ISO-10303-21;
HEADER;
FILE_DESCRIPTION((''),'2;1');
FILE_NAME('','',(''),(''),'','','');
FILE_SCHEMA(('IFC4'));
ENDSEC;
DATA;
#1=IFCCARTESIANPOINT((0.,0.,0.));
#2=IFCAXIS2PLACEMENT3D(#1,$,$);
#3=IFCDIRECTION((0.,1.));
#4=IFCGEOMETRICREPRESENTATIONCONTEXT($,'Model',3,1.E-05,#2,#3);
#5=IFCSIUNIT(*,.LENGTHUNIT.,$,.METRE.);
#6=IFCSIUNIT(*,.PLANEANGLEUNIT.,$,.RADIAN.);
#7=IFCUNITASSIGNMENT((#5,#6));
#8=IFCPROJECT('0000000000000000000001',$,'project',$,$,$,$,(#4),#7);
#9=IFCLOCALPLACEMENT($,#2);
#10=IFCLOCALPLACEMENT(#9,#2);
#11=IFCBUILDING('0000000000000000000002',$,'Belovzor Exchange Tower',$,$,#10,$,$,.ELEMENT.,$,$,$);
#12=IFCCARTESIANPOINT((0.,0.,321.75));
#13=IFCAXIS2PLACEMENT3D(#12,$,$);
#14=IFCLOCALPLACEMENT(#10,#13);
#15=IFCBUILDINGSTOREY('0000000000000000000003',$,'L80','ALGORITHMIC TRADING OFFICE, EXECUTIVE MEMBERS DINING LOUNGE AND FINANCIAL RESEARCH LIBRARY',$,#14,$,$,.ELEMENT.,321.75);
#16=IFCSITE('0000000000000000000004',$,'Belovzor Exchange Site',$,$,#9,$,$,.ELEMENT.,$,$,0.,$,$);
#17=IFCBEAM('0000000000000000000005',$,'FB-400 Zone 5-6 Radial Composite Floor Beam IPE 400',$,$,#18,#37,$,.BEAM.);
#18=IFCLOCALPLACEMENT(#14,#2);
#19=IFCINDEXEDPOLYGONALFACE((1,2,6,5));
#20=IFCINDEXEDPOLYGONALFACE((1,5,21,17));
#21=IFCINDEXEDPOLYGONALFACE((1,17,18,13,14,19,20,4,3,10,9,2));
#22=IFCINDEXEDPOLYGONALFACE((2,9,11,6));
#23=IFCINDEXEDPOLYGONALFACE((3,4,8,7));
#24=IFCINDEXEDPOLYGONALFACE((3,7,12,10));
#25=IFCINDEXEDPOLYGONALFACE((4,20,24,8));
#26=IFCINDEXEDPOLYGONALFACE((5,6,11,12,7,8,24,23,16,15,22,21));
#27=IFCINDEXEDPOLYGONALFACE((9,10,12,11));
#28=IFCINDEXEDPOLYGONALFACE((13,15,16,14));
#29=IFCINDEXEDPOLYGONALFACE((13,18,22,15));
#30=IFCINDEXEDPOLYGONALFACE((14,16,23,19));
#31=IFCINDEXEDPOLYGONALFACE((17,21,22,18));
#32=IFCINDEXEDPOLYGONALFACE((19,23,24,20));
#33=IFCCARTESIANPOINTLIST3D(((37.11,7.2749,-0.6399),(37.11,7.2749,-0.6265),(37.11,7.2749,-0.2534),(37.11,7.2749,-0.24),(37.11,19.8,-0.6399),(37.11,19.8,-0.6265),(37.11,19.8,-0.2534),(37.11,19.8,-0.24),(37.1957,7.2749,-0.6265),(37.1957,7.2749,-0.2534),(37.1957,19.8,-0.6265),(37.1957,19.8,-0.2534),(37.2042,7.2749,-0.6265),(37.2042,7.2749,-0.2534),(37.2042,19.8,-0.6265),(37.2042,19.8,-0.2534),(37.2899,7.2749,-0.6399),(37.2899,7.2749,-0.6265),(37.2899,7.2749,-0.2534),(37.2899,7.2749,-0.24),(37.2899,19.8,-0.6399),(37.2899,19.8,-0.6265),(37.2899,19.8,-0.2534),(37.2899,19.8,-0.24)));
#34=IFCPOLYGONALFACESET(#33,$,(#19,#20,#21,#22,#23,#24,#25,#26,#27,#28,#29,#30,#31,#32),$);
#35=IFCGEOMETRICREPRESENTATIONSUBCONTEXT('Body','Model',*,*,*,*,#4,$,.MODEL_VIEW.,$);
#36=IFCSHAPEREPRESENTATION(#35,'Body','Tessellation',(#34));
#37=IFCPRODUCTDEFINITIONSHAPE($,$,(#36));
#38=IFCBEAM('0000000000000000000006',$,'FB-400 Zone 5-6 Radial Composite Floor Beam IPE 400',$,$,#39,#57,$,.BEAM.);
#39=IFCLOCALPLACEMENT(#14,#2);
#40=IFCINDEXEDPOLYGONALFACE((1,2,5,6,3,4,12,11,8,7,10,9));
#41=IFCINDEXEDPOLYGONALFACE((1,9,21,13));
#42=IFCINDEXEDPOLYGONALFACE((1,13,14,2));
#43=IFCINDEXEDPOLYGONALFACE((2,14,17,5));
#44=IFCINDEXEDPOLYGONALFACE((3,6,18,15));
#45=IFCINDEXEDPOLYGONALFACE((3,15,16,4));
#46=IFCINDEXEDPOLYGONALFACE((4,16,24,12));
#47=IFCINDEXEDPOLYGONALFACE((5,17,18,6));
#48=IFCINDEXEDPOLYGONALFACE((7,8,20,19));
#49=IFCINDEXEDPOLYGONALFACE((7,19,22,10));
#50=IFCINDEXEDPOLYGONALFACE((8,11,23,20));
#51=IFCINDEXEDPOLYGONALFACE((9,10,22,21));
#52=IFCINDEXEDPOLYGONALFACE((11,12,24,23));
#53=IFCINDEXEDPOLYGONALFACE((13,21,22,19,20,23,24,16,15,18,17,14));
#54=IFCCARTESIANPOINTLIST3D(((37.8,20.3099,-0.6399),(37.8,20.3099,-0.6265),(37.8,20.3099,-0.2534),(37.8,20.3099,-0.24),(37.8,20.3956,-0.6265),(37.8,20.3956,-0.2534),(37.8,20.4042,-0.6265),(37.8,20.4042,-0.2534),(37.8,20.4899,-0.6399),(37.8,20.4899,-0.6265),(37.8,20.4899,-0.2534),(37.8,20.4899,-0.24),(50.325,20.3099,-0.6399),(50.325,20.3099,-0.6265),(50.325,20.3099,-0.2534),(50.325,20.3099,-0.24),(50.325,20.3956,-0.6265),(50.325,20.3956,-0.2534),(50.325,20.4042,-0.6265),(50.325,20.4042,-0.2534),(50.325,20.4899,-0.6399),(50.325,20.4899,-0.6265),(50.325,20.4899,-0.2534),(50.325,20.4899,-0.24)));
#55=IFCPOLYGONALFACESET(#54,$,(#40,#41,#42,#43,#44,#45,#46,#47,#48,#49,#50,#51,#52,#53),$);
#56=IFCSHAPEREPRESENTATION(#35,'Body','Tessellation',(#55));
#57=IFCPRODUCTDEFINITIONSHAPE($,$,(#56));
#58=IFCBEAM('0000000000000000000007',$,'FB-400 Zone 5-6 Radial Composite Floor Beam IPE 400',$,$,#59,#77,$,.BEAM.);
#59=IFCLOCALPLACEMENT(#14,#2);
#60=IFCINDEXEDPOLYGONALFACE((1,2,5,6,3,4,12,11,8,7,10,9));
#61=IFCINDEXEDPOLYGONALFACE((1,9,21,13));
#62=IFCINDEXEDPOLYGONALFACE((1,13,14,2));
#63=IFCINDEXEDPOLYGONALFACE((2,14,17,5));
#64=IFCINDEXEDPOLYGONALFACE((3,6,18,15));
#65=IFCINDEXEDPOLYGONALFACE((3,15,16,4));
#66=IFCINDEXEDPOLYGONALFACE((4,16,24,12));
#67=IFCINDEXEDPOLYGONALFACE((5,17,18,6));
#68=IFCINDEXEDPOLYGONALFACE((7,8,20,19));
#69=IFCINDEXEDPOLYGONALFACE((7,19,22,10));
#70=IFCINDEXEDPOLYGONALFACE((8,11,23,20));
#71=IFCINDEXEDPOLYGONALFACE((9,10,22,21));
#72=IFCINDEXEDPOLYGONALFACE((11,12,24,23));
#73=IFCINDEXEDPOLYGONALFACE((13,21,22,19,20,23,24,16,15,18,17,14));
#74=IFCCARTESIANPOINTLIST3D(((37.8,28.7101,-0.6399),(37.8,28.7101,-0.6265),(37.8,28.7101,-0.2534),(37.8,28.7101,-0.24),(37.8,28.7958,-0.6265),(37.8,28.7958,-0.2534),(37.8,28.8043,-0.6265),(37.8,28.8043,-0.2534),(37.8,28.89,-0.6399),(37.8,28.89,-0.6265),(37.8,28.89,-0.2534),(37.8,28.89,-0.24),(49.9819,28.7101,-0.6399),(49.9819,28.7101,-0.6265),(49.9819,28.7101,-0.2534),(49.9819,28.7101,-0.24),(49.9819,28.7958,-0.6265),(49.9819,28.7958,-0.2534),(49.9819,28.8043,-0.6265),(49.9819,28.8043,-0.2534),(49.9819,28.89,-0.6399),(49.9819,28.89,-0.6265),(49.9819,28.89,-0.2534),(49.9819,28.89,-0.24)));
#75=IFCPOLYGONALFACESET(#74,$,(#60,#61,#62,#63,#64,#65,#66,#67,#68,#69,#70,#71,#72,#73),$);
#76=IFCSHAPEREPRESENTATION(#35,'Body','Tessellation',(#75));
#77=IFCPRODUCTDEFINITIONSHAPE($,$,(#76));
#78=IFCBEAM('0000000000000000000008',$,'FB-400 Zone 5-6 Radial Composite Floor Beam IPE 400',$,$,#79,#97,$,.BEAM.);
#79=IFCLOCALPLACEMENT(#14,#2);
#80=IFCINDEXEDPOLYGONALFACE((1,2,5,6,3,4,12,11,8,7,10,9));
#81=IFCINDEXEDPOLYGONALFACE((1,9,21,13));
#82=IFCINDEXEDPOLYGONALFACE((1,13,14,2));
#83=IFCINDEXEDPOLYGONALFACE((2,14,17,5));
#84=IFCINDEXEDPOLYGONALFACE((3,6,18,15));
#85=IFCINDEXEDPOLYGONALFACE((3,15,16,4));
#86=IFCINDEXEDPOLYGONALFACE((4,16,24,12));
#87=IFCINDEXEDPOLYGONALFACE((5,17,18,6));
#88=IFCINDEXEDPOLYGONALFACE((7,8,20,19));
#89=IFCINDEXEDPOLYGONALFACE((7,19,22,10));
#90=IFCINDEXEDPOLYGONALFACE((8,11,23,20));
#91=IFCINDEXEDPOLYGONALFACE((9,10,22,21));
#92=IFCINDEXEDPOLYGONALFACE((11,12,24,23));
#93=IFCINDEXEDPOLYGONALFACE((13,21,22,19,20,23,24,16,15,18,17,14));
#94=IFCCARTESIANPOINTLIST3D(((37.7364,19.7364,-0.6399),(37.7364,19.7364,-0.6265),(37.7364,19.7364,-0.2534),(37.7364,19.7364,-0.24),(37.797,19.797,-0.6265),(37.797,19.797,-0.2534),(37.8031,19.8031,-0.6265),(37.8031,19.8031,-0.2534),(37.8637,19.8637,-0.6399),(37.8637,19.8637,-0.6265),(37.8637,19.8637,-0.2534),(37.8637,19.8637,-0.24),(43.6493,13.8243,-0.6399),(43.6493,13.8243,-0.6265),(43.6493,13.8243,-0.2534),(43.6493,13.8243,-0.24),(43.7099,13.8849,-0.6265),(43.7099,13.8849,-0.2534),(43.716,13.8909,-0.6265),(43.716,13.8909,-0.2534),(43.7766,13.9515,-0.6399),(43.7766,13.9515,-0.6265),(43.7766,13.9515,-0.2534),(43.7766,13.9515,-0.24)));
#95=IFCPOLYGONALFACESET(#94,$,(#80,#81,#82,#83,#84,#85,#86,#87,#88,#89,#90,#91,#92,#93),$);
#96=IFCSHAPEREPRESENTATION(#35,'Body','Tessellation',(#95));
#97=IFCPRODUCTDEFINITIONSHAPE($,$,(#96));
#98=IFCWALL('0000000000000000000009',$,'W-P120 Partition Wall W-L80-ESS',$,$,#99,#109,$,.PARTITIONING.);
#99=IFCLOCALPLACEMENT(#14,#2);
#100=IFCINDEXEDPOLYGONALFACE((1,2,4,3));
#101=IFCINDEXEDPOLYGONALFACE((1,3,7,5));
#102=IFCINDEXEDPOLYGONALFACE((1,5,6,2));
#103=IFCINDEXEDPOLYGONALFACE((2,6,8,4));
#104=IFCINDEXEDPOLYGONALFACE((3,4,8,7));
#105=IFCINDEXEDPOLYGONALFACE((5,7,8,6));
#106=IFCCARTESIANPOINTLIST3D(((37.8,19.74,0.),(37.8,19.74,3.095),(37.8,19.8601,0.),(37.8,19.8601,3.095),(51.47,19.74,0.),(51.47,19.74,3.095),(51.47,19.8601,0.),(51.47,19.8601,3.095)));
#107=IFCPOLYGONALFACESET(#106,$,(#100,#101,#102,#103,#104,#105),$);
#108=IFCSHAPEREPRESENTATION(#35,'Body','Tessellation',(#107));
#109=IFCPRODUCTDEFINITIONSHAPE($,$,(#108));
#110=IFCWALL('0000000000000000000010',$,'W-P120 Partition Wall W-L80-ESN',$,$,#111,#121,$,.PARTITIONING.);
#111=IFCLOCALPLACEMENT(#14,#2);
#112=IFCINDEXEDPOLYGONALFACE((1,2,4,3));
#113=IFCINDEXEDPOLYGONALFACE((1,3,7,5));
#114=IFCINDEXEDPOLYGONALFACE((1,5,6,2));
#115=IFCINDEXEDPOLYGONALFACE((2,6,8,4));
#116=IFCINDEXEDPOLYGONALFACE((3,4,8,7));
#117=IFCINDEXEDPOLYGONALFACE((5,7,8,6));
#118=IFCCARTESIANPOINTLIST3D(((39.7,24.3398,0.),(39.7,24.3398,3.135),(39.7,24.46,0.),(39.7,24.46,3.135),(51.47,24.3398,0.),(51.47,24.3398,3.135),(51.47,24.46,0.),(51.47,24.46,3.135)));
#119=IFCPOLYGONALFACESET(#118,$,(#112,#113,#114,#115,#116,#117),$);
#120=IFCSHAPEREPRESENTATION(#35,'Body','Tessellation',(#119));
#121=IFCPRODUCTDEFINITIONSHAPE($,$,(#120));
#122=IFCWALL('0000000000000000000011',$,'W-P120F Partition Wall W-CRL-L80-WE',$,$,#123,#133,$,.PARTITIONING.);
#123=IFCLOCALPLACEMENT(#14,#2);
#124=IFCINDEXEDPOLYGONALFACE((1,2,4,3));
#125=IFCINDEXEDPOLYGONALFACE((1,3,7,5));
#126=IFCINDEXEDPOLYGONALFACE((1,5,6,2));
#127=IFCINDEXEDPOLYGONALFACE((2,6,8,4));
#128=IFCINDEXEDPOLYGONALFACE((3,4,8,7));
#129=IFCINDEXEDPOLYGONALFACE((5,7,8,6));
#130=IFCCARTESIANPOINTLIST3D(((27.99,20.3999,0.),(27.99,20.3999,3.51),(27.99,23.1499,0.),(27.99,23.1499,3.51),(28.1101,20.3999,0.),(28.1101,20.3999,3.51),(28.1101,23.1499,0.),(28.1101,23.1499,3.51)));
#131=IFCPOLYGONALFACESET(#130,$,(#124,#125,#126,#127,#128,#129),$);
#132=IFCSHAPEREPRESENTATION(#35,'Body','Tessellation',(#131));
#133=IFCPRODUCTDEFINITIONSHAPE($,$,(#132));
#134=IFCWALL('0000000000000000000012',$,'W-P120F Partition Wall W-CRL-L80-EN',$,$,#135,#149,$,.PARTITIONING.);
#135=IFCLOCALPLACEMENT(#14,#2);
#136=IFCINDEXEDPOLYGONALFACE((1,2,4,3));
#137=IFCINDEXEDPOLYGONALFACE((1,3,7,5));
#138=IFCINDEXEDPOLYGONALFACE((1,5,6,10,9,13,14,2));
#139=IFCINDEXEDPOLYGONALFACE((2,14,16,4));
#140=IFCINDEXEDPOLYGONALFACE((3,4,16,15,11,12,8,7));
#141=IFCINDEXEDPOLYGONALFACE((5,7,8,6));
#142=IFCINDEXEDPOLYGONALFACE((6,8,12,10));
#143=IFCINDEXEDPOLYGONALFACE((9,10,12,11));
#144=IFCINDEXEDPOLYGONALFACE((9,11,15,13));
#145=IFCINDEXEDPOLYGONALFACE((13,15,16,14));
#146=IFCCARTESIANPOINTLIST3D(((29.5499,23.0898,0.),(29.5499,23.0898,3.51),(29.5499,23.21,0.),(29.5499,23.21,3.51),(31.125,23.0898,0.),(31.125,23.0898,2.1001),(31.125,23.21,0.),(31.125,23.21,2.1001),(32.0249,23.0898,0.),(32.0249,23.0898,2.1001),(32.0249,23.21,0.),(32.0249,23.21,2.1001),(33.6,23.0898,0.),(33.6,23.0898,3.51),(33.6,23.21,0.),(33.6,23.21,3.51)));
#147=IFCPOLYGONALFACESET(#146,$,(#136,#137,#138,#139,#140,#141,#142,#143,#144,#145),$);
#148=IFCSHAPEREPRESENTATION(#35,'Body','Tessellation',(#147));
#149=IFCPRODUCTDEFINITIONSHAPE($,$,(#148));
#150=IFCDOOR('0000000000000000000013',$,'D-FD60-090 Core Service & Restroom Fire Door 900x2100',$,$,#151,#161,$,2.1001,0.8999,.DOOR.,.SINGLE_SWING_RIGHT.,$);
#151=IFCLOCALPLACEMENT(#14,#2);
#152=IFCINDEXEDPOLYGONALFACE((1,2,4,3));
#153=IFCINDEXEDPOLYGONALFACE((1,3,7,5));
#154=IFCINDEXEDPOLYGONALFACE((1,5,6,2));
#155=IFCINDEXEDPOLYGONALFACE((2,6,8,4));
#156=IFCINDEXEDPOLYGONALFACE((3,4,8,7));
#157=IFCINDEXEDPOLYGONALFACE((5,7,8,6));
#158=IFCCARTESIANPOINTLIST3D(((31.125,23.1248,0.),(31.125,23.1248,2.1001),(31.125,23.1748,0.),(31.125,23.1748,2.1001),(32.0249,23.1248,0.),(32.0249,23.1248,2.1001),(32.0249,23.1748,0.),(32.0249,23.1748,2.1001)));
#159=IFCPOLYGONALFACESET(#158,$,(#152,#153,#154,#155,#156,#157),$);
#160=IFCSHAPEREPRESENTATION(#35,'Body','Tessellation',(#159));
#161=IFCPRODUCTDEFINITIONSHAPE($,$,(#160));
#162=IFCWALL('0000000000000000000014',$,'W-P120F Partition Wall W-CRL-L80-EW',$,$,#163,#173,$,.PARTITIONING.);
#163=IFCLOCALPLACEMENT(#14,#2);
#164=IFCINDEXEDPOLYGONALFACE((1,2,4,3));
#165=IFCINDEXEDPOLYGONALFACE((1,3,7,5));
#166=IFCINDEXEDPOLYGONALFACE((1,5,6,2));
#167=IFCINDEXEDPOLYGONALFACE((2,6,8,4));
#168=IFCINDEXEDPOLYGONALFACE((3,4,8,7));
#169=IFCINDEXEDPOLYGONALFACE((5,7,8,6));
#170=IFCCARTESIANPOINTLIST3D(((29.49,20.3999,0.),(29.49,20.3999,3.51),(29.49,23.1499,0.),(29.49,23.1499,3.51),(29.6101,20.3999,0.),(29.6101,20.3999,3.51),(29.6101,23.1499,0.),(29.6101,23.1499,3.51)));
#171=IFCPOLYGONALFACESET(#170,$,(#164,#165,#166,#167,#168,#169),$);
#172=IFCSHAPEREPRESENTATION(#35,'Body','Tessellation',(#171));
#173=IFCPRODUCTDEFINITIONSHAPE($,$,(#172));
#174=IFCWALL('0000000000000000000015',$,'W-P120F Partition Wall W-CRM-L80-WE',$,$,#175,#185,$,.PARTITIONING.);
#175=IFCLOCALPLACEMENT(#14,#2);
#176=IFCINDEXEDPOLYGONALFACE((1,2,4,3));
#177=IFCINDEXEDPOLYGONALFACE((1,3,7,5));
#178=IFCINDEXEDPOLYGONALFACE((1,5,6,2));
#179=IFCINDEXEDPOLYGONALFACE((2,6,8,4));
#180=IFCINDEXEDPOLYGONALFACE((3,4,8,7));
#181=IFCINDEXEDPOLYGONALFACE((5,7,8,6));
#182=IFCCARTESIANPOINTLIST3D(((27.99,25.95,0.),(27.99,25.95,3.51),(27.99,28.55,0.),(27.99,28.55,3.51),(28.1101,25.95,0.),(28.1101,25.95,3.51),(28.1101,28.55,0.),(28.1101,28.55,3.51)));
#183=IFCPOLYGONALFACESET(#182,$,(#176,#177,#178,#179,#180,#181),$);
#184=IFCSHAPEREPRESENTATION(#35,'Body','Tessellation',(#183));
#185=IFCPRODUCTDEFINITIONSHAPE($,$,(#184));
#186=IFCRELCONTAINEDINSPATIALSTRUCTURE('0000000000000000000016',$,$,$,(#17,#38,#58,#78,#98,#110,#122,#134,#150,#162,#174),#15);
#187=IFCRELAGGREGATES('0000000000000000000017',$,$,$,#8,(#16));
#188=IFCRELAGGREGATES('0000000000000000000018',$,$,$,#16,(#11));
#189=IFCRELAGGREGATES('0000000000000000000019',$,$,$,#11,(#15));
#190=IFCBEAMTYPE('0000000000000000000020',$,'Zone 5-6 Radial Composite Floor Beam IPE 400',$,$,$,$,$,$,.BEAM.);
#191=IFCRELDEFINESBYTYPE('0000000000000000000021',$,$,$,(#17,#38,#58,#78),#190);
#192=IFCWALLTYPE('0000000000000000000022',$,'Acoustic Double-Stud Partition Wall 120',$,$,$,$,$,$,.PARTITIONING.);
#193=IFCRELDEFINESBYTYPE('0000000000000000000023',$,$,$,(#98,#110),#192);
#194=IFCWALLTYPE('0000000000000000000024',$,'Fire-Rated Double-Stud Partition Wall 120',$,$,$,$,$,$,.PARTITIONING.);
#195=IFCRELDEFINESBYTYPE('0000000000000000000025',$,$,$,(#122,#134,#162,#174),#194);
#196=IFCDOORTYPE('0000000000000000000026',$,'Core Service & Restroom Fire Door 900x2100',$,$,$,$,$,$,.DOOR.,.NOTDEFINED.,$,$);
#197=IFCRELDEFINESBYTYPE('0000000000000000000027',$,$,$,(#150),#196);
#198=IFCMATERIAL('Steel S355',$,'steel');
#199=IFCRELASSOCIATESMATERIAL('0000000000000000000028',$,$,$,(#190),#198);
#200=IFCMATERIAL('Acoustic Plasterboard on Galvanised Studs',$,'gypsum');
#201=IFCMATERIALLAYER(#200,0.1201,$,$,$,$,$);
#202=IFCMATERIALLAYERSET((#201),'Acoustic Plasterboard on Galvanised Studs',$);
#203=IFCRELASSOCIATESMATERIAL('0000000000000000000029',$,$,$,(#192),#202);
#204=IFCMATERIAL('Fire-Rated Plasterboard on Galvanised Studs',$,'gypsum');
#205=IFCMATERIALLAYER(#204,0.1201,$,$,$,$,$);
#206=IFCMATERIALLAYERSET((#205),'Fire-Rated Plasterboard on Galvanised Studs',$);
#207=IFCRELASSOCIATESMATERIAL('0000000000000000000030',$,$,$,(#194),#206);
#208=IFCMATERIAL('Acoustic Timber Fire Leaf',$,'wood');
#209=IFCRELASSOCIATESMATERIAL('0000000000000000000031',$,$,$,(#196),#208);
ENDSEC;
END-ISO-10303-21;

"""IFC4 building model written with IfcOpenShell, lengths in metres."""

from ifc_helpers import new_model, si_unit, direction, frame, frame_2d, origin, origin_2d, place, context, subcontext, project, spatial, rectangle, i_section, extrude, material, layer, layer_set, material_profile, profile_set, type_object, element, fill, save


model = new_model("IFC4")

# Units and contexts
model_context = context("Model", 3, precision=1e-05, world=origin(), true_north=direction((0.0, 1.0)))
body_context = subcontext(model_context, "Body", "Model", "MODEL_VIEW")
ifc_project = project(units=[si_unit("LENGTHUNIT", "METRE"), si_unit("PLANEANGLEUNIT", "RADIAN")], contexts=[model_context])

# Site, building, storey
site_placement = place(None, origin())
site = spatial("IfcSite", under=ifc_project, at=site_placement, Name="Belovzor Exchange Site", CompositionType="ELEMENT", RefElevation=0.0)
building_placement = place(site_placement, origin())
building = spatial("IfcBuilding", under=site, at=building_placement, Name="Belovzor Exchange Tower", CompositionType="ELEMENT")
storey_placement = place(building_placement, frame((0.0, 0.0, 321.75)))
storey = spatial("IfcBuildingStorey", under=building, at=storey_placement, Name="L80", Description="ALGORITHMIC TRADING OFFICE, EXECUTIVE MEMBERS DINING LOUNGE AND FINANCIAL RESEARCH LIBRARY", CompositionType="ELEMENT", Elevation=321.75)

# Beams
ifc_material_1 = material(Name="Steel S355", Category="steel")
ifc_material_profile = material_profile(ifc_material_1, i_section(OverallWidth=0.1799, OverallDepth=0.3999, WebThickness=0.0085, FlangeThickness=0.0134, at=origin_2d()))
ifc_profile_set = profile_set([ifc_material_profile], Name="Steel S355")
beam_type = type_object("IfcBeamType", Name="Zone 5-6 Radial Composite Floor Beam IPE 400", PredefinedType="BEAM", material=ifc_profile_set)
beam_1_placement = place(storey_placement, frame((37.2, 19.8, -0.4399), z_axis=(0.0, -1.0, 0.0), x_axis=(1.0, 0.0, 0.0)))
element("IfcBeam", 1, at=beam_1_placement, inside=storey, type_object=beam_type, Name="FB-400 Zone 5-6 Radial Composite Floor Beam IPE 400", PredefinedType="BEAM", context=body_context, shape_type="SweptSolid", body=[
    extrude(i_section(OverallWidth=0.1799, OverallDepth=0.3999, WebThickness=0.0085, FlangeThickness=0.0134, at=origin_2d()), origin(), (0.0, 0.0, 1.0), 12.5251),
])
beam_2_placement = place(storey_placement, frame((37.8, 20.3999, -0.4399), z_axis=(1.0, 0.0, 0.0), x_axis=(0.0, 1.0, 0.0)))
element("IfcBeam", 2, at=beam_2_placement, inside=storey, type_object=beam_type, Name="FB-400 Zone 5-6 Radial Composite Floor Beam IPE 400", PredefinedType="BEAM", context=body_context, shape_type="SweptSolid", body=[
    extrude(i_section(OverallWidth=0.1799, OverallDepth=0.3999, WebThickness=0.0085, FlangeThickness=0.0134, at=origin_2d()), origin(), (0.0, 0.0, 1.0), 12.5249),
])
beam_3_placement = place(storey_placement, frame((37.8, 28.8, -0.4399), z_axis=(1.0, 0.0, 0.0), x_axis=(0.0, 1.0, 0.0)))
element("IfcBeam", 3, at=beam_3_placement, inside=storey, type_object=beam_type, Name="FB-400 Zone 5-6 Radial Composite Floor Beam IPE 400", PredefinedType="BEAM", context=body_context, shape_type="SweptSolid", body=[
    extrude(i_section(OverallWidth=0.1799, OverallDepth=0.3999, WebThickness=0.0085, FlangeThickness=0.0134, at=origin_2d()), origin(), (0.0, 0.0, 1.0), 12.1819),
])
beam_4_placement = place(storey_placement, frame((37.8, 19.8, -0.4399), z_axis=(0.707151, -0.707063, 0.0), x_axis=(0.707063, 0.707151, 0.0)))
element("IfcBeam", 4, at=beam_4_placement, inside=storey, type_object=beam_type, Name="FB-400 Zone 5-6 Radial Composite Floor Beam IPE 400", PredefinedType="BEAM", context=body_context, shape_type="SweptSolid", body=[
    extrude(i_section(OverallWidth=0.1799, OverallDepth=0.3999, WebThickness=0.0085, FlangeThickness=0.0134, at=origin_2d()), origin(), (0.0, 0.0, 1.0), 8.3616),
])

# Walls
ifc_material_2 = material(Name="Acoustic Plasterboard on Galvanised Studs", Category="gypsum")
ifc_layer_1 = layer(ifc_material_2, 0.1201)
ifc_layer_set_1 = layer_set([ifc_layer_1], Name="Acoustic Plasterboard on Galvanised Studs")
wall_type_1 = type_object("IfcWallType", Name="Acoustic Double-Stud Partition Wall 120", PredefinedType="PARTITIONING", material=ifc_layer_set_1)
wall_1_placement = place(storey_placement, frame((37.8, 19.8, 0.0), z_axis=(0.0, 0.0, 1.0), x_axis=(1.0, 0.0, 0.0)))
element("IfcWall", 5, at=wall_1_placement, inside=storey, type_object=wall_type_1, Name="W-P120 Partition Wall W-L80-ESS", PredefinedType="PARTITIONING", context=body_context, shape_type="SweptSolid", body=[
    extrude(rectangle(XDim=13.6699, YDim=0.1201, at=frame_2d((6.835, 0.0))), origin(), (0.0, 0.0, 1.0), 3.095),
])
wall_2_placement = place(storey_placement, frame((39.7, 24.3999, 0.0), z_axis=(0.0, 0.0, 1.0), x_axis=(1.0, 0.0, 0.0)))
element("IfcWall", 6, at=wall_2_placement, inside=storey, type_object=wall_type_1, Name="W-P120 Partition Wall W-L80-ESN", PredefinedType="PARTITIONING", context=body_context, shape_type="SweptSolid", body=[
    extrude(rectangle(XDim=11.77, YDim=0.1201, at=frame_2d((5.885, 0.0))), origin(), (0.0, 0.0, 1.0), 3.135),
])
ifc_material_3 = material(Name="Fire-Rated Plasterboard on Galvanised Studs", Category="gypsum")
ifc_layer_2 = layer(ifc_material_3, 0.1201)
ifc_layer_set_2 = layer_set([ifc_layer_2], Name="Fire-Rated Plasterboard on Galvanised Studs")
wall_type_2 = type_object("IfcWallType", Name="Fire-Rated Double-Stud Partition Wall 120", PredefinedType="PARTITIONING", material=ifc_layer_set_2)
wall_3_placement = place(storey_placement, frame((28.05, 20.3999, 0.0), z_axis=(0.0, 0.0, 1.0), x_axis=(0.0, 1.0, 0.0)))
element("IfcWall", 7, at=wall_3_placement, inside=storey, type_object=wall_type_2, Name="W-P120F Partition Wall W-CRL-L80-WE", PredefinedType="PARTITIONING", context=body_context, shape_type="SweptSolid", body=[
    extrude(rectangle(XDim=2.75, YDim=0.1201, at=frame_2d((1.375, 0.0))), origin(), (0.0, 0.0, 1.0), 3.51),
])

# Wall, opening, door
wall_4_placement = place(storey_placement, frame((29.55, 23.1499, 0.0), z_axis=(0.0, 0.0, 1.0), x_axis=(1.0, 0.0, 0.0)))
wall_4 = element("IfcWall", 8, at=wall_4_placement, inside=storey, type_object=wall_type_2, Name="W-P120F Partition Wall W-CRL-L80-EN", PredefinedType="PARTITIONING", context=body_context, shape_type="SweptSolid", body=[
    extrude(rectangle(XDim=4.05, YDim=0.1201, at=frame_2d((2.0249, 0.0))), origin(), (0.0, 0.0, 1.0), 3.51),
])
opening_1_placement = place(wall_4_placement, frame((1.575, 0.0, 0.0)))
opening_1 = element("IfcOpeningElement", 9, at=opening_1_placement, cuts=wall_4, PredefinedType="OPENING", context=body_context, shape_type="SweptSolid", body=[
    extrude(rectangle(XDim=0.8999, YDim=2.1001, at=frame_2d((0.45, 1.05))), frame((0.0, 0.0701, 0.0), z_axis=(0.0, -1.0, 0.0), x_axis=(1.0, 0.0, 0.0)), (0.0, 0.0, 1.0), 0.1401),
])
ifc_material_4 = material(Name="Acoustic Timber Fire Leaf", Category="wood")
door_type_1 = type_object("IfcDoorType", Name="Core Service & Restroom Fire Door 900x2100", OperationType="NOTDEFINED", PredefinedType="DOOR", material=ifc_material_4)
door_1_placement = place(opening_1_placement, origin())
door_1 = element("IfcDoor", 10, at=door_1_placement, inside=storey, type_object=door_type_1, Name="D-FD60-090 Core Service & Restroom Fire Door 900x2100", OperationType="SINGLE_SWING_RIGHT", OverallHeight=2.1001, OverallWidth=0.8999, PredefinedType="DOOR", context=body_context, shape_type="SweptSolid", body=[
    extrude(rectangle(XDim=0.8999, YDim=2.1001, at=frame_2d((0.45, 1.05))), frame((0.0, 0.0249, 0.0), z_axis=(0.0, -1.0, 0.0), x_axis=(1.0, 0.0, 0.0)), (0.0, 0.0, 1.0), 0.05),
])
fill(opening_1, door_1)

# Walls
wall_5_placement = place(storey_placement, frame((29.55, 20.3999, 0.0), z_axis=(0.0, 0.0, 1.0), x_axis=(0.0, 1.0, 0.0)))
element("IfcWall", 11, at=wall_5_placement, inside=storey, type_object=wall_type_2, Name="W-P120F Partition Wall W-CRL-L80-EW", PredefinedType="PARTITIONING", context=body_context, shape_type="SweptSolid", body=[
    extrude(rectangle(XDim=2.75, YDim=0.1201, at=frame_2d((1.375, 0.0))), origin(), (0.0, 0.0, 1.0), 3.51),
])
wall_6_placement = place(storey_placement, frame((28.05, 25.95, 0.0), z_axis=(0.0, 0.0, 1.0), x_axis=(0.0, 1.0, 0.0)))
element("IfcWall", 12, at=wall_6_placement, inside=storey, type_object=wall_type_2, Name="W-P120F Partition Wall W-CRM-L80-WE", PredefinedType="PARTITIONING", context=body_context, shape_type="SweptSolid", body=[
    extrude(rectangle(XDim=2.6001, YDim=0.1201, at=frame_2d((1.3, 0.0))), origin(), (0.0, 0.0, 1.0), 3.51),
])

save(model, "model.ifc")
